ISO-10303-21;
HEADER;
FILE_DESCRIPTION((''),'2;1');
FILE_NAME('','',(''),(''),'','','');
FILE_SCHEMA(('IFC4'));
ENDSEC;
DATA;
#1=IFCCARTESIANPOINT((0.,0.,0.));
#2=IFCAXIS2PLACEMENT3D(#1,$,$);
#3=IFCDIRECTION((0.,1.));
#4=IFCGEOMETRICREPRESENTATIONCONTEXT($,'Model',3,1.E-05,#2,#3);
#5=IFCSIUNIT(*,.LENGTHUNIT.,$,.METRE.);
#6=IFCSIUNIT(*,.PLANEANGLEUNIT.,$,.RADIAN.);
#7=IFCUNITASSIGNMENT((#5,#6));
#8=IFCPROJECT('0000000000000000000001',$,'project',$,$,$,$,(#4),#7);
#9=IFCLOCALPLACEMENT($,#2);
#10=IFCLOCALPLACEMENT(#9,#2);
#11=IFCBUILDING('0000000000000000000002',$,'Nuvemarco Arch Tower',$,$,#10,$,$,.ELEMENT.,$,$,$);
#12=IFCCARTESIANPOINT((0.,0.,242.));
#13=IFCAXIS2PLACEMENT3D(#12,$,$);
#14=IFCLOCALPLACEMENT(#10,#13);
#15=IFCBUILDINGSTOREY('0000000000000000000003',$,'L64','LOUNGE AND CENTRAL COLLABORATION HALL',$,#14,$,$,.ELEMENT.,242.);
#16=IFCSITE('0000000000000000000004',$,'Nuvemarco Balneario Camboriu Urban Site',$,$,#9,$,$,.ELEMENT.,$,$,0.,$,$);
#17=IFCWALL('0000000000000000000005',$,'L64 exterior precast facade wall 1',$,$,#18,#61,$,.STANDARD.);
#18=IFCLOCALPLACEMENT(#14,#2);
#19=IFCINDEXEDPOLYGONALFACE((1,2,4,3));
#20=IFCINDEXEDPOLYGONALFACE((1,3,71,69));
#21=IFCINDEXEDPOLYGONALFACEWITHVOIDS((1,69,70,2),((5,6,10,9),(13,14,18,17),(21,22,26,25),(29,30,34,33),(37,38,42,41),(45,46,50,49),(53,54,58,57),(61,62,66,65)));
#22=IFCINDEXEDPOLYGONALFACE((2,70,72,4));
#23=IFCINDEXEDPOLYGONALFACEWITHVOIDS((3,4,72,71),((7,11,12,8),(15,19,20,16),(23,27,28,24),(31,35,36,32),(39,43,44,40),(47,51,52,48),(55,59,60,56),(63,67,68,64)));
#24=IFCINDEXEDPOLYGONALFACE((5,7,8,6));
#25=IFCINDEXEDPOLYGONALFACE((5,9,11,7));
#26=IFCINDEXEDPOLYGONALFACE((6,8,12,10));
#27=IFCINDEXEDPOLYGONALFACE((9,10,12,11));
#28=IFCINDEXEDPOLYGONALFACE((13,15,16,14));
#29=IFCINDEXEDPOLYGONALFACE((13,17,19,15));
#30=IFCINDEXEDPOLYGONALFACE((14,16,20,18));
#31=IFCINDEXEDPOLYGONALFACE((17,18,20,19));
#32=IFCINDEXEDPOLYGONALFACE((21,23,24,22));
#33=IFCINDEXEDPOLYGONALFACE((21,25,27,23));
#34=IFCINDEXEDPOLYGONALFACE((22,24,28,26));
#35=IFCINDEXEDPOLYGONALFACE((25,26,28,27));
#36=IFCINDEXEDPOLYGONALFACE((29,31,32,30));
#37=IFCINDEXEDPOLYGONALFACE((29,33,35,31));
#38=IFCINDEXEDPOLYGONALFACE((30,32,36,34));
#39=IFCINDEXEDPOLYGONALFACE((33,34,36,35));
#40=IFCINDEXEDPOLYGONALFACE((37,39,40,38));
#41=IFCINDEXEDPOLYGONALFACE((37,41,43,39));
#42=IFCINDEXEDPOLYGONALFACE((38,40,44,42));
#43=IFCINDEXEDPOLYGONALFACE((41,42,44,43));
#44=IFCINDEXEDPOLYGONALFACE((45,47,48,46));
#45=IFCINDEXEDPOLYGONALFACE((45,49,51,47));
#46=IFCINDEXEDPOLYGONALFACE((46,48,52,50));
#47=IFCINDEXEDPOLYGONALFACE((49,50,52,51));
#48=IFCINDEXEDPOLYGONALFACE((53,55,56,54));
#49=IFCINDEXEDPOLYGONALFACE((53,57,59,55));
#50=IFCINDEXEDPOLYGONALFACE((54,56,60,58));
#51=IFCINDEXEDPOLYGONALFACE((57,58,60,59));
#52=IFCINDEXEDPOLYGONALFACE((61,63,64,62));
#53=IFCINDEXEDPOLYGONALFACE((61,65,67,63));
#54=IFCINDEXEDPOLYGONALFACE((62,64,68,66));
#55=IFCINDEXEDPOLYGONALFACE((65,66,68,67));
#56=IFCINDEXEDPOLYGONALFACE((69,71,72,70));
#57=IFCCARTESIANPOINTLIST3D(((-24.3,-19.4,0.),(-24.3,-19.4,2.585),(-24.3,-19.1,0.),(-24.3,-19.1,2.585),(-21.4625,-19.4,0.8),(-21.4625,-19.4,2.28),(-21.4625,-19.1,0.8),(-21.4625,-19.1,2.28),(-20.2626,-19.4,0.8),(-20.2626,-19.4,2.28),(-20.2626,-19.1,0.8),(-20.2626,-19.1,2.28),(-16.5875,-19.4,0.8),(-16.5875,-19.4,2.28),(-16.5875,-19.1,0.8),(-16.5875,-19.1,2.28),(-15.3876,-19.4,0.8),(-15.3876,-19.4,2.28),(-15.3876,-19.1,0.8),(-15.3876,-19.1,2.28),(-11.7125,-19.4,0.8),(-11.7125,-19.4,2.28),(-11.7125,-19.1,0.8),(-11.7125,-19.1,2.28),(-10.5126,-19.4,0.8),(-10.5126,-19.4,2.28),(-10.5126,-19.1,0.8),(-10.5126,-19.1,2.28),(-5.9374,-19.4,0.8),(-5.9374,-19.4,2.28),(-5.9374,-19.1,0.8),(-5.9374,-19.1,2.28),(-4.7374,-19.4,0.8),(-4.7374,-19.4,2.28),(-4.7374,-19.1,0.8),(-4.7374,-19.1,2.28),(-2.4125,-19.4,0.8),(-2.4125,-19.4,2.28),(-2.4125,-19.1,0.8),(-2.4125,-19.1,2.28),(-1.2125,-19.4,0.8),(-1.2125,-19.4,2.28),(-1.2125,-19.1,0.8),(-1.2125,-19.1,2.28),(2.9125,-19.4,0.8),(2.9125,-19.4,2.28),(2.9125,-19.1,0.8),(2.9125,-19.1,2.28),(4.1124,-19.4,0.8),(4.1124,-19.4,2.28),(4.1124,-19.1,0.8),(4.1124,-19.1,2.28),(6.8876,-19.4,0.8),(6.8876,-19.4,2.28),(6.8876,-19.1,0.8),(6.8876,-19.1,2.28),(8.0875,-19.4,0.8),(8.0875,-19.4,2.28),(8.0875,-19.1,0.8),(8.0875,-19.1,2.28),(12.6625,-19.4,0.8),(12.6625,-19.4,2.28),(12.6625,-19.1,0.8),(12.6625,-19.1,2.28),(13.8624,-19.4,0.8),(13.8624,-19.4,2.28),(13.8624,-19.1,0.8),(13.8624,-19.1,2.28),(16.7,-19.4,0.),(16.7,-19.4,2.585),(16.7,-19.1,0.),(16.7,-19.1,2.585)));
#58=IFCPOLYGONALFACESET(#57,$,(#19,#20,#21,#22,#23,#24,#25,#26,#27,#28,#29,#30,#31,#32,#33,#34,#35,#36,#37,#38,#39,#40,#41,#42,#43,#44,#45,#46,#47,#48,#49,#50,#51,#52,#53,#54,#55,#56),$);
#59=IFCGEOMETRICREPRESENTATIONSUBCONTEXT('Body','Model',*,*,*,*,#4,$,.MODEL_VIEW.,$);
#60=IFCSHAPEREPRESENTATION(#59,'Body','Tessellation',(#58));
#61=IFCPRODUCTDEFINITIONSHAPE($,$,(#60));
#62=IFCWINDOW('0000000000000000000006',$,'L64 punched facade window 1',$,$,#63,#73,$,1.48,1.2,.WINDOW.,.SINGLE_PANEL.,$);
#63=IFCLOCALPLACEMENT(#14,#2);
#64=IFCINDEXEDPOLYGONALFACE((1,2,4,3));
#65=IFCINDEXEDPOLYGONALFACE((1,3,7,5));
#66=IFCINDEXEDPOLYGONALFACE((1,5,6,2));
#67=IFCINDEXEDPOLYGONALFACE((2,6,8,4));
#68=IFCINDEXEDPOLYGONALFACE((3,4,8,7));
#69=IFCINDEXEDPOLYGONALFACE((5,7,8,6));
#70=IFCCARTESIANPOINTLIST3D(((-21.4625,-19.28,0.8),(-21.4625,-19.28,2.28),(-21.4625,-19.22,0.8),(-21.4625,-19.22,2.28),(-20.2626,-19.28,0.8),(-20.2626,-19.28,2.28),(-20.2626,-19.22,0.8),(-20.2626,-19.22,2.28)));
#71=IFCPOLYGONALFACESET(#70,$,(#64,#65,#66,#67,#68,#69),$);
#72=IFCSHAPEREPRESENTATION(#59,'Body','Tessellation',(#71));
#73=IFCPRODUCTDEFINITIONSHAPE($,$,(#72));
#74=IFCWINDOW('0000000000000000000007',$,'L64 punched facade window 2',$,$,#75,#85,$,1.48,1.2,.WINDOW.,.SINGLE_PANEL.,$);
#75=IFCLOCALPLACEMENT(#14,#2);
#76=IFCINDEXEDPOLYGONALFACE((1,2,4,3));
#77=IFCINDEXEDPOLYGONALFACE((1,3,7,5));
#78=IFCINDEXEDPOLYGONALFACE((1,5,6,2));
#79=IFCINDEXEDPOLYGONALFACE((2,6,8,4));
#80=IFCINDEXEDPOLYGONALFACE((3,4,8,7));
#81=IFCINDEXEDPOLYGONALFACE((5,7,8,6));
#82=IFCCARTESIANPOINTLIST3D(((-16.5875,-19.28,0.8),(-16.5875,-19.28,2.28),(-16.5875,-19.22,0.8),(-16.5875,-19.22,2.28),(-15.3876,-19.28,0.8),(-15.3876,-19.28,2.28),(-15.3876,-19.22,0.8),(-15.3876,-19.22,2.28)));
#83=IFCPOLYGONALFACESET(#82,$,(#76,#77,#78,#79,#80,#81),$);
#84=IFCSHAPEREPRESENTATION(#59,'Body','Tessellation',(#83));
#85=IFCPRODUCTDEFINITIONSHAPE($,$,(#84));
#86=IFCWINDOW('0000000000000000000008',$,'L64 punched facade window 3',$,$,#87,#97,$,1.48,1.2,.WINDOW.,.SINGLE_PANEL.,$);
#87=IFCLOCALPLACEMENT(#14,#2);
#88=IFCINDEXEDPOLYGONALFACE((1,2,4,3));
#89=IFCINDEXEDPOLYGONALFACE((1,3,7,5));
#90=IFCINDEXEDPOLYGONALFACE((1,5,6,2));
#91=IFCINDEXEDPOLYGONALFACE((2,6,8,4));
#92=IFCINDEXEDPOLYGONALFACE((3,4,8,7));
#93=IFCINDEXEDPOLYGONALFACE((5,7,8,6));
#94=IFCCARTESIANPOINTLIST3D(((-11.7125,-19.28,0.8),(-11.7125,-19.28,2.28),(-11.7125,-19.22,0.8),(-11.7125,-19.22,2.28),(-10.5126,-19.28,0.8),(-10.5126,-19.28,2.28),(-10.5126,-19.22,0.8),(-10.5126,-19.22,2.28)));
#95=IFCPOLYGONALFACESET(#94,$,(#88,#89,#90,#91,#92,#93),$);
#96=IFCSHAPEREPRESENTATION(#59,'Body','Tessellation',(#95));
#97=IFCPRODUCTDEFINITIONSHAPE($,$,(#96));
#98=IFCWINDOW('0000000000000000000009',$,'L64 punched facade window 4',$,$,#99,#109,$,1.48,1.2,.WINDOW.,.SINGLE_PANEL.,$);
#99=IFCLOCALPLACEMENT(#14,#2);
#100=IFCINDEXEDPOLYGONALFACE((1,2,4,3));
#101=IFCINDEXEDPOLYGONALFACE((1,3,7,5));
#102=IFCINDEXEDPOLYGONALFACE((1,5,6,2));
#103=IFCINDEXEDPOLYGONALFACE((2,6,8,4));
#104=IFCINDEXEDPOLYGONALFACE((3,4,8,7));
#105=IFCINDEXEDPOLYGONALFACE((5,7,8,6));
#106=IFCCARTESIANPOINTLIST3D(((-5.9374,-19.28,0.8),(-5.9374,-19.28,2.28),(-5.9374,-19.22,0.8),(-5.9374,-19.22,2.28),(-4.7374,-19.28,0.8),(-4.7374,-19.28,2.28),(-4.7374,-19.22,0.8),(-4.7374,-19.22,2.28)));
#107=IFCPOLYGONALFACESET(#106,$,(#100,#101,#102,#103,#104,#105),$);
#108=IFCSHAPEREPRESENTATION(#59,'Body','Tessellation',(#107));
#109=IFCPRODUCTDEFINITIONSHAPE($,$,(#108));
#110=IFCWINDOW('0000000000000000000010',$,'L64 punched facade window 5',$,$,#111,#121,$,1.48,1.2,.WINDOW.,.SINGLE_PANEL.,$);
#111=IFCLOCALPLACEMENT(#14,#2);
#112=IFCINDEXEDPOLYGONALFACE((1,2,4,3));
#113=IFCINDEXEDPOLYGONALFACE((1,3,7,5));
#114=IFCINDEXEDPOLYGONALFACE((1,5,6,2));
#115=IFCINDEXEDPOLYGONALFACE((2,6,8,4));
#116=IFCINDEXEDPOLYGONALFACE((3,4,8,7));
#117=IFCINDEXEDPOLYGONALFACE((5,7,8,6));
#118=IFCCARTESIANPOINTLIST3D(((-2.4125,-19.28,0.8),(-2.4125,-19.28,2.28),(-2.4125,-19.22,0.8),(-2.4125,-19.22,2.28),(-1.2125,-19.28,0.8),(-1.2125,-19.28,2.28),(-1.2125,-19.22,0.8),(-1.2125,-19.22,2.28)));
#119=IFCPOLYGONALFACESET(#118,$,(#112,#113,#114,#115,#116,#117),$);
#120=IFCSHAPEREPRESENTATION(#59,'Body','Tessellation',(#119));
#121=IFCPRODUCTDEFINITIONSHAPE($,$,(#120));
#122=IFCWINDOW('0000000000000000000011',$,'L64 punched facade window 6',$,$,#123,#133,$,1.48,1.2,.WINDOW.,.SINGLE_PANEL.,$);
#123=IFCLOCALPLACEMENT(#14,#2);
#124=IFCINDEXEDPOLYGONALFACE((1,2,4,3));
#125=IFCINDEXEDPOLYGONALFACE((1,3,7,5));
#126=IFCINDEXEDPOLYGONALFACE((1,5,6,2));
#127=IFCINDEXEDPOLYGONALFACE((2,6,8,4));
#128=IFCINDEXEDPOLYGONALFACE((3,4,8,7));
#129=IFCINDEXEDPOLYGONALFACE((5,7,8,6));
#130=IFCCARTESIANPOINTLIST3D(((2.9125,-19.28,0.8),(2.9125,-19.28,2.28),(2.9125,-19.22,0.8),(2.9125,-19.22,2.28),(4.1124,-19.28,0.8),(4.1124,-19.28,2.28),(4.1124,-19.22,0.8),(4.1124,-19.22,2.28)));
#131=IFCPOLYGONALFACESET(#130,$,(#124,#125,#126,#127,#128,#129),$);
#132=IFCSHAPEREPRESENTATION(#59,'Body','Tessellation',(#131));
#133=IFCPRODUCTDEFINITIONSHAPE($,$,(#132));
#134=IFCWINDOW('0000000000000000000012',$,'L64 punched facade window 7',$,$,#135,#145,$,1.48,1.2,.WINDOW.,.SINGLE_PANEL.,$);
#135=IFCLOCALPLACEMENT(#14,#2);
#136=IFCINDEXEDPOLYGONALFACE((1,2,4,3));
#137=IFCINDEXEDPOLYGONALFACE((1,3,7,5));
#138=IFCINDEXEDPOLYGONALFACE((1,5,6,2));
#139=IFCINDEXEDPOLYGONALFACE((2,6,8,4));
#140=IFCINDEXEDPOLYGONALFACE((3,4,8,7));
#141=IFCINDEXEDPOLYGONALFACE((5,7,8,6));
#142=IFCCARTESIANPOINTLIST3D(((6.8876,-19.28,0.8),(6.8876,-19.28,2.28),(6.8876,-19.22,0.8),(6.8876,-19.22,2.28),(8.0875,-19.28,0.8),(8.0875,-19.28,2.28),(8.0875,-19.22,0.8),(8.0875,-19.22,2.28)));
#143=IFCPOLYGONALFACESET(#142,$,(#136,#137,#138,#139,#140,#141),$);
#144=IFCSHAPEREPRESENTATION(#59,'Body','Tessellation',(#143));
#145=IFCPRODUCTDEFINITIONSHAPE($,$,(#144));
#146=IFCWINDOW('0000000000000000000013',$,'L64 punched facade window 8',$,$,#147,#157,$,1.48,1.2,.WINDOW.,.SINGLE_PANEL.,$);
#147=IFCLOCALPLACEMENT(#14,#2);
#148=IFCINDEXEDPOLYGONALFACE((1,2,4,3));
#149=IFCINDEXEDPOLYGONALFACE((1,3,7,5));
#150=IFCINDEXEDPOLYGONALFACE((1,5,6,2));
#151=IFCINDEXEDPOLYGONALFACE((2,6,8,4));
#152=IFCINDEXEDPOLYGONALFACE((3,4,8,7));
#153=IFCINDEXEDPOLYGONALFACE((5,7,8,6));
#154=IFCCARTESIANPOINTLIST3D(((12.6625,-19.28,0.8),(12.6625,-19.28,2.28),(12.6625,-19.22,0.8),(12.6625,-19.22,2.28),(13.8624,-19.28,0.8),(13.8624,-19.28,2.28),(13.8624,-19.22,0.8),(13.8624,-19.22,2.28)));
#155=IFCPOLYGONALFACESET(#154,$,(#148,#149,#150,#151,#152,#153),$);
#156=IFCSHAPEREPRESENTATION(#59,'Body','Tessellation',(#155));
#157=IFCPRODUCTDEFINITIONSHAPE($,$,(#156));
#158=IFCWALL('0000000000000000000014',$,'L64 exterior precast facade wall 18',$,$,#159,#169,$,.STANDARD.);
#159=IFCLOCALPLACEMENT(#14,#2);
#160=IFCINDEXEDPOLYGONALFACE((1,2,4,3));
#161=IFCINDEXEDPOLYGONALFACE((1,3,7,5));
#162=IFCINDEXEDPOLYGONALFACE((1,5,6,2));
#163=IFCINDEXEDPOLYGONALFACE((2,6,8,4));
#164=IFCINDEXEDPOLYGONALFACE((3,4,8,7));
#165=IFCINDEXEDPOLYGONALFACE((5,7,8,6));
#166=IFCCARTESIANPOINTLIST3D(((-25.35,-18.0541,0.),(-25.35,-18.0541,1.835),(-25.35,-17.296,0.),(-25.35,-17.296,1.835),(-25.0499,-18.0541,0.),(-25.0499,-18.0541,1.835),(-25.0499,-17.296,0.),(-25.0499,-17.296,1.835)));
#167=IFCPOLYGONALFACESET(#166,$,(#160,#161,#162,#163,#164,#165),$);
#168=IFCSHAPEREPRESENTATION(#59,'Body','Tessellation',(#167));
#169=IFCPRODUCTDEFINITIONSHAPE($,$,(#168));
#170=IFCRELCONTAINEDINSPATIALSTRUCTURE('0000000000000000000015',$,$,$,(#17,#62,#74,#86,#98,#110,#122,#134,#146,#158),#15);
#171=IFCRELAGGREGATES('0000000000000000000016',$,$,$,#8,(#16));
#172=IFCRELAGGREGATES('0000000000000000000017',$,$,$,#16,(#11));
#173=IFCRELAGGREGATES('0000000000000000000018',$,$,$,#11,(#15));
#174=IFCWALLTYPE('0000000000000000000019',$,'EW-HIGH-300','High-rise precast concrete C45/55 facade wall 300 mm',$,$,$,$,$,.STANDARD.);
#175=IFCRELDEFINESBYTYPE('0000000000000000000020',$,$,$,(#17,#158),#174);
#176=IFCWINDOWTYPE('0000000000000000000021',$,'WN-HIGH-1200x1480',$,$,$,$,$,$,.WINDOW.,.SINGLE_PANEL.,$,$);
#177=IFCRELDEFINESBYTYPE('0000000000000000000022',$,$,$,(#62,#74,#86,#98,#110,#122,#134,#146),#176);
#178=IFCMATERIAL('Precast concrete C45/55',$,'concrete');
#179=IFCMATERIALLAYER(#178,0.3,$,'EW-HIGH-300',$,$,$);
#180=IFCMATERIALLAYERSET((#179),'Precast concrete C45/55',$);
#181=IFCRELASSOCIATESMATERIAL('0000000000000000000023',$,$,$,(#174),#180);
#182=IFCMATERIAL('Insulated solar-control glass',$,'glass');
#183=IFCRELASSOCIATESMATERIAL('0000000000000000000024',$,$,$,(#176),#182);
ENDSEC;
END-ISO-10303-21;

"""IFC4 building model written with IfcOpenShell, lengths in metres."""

from ifc_helpers import new_model, si_unit, direction, frame, frame_2d, origin, place, context, subcontext, project, spatial, rectangle, extrude, source, transform, mapped, material, layer, layer_set, type_object, type_shapes, element, fill, save


model = new_model("IFC4")

# Units and contexts
model_context = context("Model", 3, precision=1e-05, world=origin(), true_north=direction((0.0, 1.0)))
body_context = subcontext(model_context, "Body", "Model", "MODEL_VIEW")
ifc_project = project(units=[si_unit("LENGTHUNIT", "METRE"), si_unit("PLANEANGLEUNIT", "RADIAN")], contexts=[model_context])

# Site, building, storey
site_placement = place(None, origin())
site = spatial("IfcSite", under=ifc_project, at=site_placement, Name="Nuvemarco Balneario Camboriu Urban Site", CompositionType="ELEMENT", RefElevation=0.0)
building_placement = place(site_placement, origin())
building = spatial("IfcBuilding", under=site, at=building_placement, Name="Nuvemarco Arch Tower", CompositionType="ELEMENT")
storey_placement = place(building_placement, frame((0.0, 0.0, 242.0)))
storey = spatial("IfcBuildingStorey", under=building, at=storey_placement, Name="L64", Description="LOUNGE AND CENTRAL COLLABORATION HALL", CompositionType="ELEMENT", Elevation=242.0)

# Wall, openings, windows
ifc_material_1 = material(Name="Precast concrete C45/55", Category="concrete")
ifc_layer_1 = layer(ifc_material_1, 0.3, Name="EW-HIGH-300")
ifc_layer_set_1 = layer_set([ifc_layer_1], Name="Precast concrete C45/55")
wall_type_1 = type_object("IfcWallType", Name="EW-HIGH-300", Description="High-rise precast concrete C45/55 facade wall 300 mm", PredefinedType="STANDARD", material=ifc_layer_set_1)
wall_1_placement = place(storey_placement, frame((-24.3, -19.25, 0.0), z_axis=(0.0, 0.0, 1.0), x_axis=(1.0, 0.0, 0.0)))
wall_1 = element("IfcWall", 1, at=wall_1_placement, inside=storey, type_object=wall_type_1, Name="L64 exterior precast facade wall 1", PredefinedType="STANDARD", context=body_context, shape_type="SweptSolid", body=[
    extrude(rectangle(XDim=41.0, YDim=0.3, at=frame_2d((20.5, 0.0))), origin(), (0.0, 0.0, 1.0), 2.585),
])
opening_1_placement = place(wall_1_placement, frame((2.8374, 0.0, 0.8)))
opening_1 = element("IfcOpeningElement", 2, at=opening_1_placement, cuts=wall_1, PredefinedType="OPENING", context=body_context, shape_type="SweptSolid", body=[
    extrude(rectangle(XDim=1.2, YDim=1.48, at=frame_2d((0.6001, 0.74))), frame((0.0, 0.1599, 0.0), z_axis=(0.0, -1.0, 0.0), x_axis=(1.0, 0.0, 0.0)), (0.0, 0.0, 1.0), 0.3201),
])
opening_2_placement = place(wall_1_placement, frame((7.7124, 0.0, 0.8)))
opening_2 = element("IfcOpeningElement", 3, at=opening_2_placement, cuts=wall_1, PredefinedType="OPENING", context=body_context, shape_type="SweptSolid", body=[
    extrude(rectangle(XDim=1.2, YDim=1.48, at=frame_2d((0.6001, 0.74))), frame((0.0, 0.1599, 0.0), z_axis=(0.0, -1.0, 0.0), x_axis=(1.0, 0.0, 0.0)), (0.0, 0.0, 1.0), 0.3201),
])
opening_3_placement = place(wall_1_placement, frame((12.5874, 0.0, 0.8)))
opening_3 = element("IfcOpeningElement", 4, at=opening_3_placement, cuts=wall_1, PredefinedType="OPENING", context=body_context, shape_type="SweptSolid", body=[
    extrude(rectangle(XDim=1.2, YDim=1.48, at=frame_2d((0.6001, 0.74))), frame((0.0, 0.1599, 0.0), z_axis=(0.0, -1.0, 0.0), x_axis=(1.0, 0.0, 0.0)), (0.0, 0.0, 1.0), 0.3201),
])
opening_4_placement = place(wall_1_placement, frame((18.3625, 0.0, 0.8)))
opening_4 = element("IfcOpeningElement", 5, at=opening_4_placement, cuts=wall_1, PredefinedType="OPENING", context=body_context, shape_type="SweptSolid", body=[
    extrude(rectangle(XDim=1.2, YDim=1.48, at=frame_2d((0.6001, 0.74))), frame((0.0, 0.1599, 0.0), z_axis=(0.0, -1.0, 0.0), x_axis=(1.0, 0.0, 0.0)), (0.0, 0.0, 1.0), 0.3201),
])
opening_5_placement = place(wall_1_placement, frame((21.8875, 0.0, 0.8)))
opening_5 = element("IfcOpeningElement", 6, at=opening_5_placement, cuts=wall_1, PredefinedType="OPENING", context=body_context, shape_type="SweptSolid", body=[
    extrude(rectangle(XDim=1.2, YDim=1.48, at=frame_2d((0.6001, 0.74))), frame((0.0, 0.1599, 0.0), z_axis=(0.0, -1.0, 0.0), x_axis=(1.0, 0.0, 0.0)), (0.0, 0.0, 1.0), 0.3201),
])
opening_6_placement = place(wall_1_placement, frame((27.2124, 0.0, 0.8)))
opening_6 = element("IfcOpeningElement", 7, at=opening_6_placement, cuts=wall_1, PredefinedType="OPENING", context=body_context, shape_type="SweptSolid", body=[
    extrude(rectangle(XDim=1.2, YDim=1.48, at=frame_2d((0.6001, 0.74))), frame((0.0, 0.1599, 0.0), z_axis=(0.0, -1.0, 0.0), x_axis=(1.0, 0.0, 0.0)), (0.0, 0.0, 1.0), 0.3201),
])
opening_7_placement = place(wall_1_placement, frame((31.1875, 0.0, 0.8)))
opening_7 = element("IfcOpeningElement", 8, at=opening_7_placement, cuts=wall_1, PredefinedType="OPENING", context=body_context, shape_type="SweptSolid", body=[
    extrude(rectangle(XDim=1.2, YDim=1.48, at=frame_2d((0.6001, 0.74))), frame((0.0, 0.1599, 0.0), z_axis=(0.0, -1.0, 0.0), x_axis=(1.0, 0.0, 0.0)), (0.0, 0.0, 1.0), 0.3201),
])
opening_8_placement = place(wall_1_placement, frame((36.9624, 0.0, 0.8)))
opening_8 = element("IfcOpeningElement", 9, at=opening_8_placement, cuts=wall_1, PredefinedType="OPENING", context=body_context, shape_type="SweptSolid", body=[
    extrude(rectangle(XDim=1.2, YDim=1.48, at=frame_2d((0.6001, 0.74))), frame((0.0, 0.1599, 0.0), z_axis=(0.0, -1.0, 0.0), x_axis=(1.0, 0.0, 0.0)), (0.0, 0.0, 1.0), 0.3201),
])
ifc_material_2 = material(Name="Insulated solar-control glass", Category="glass")
window_type = type_object("IfcWindowType", Name="WN-HIGH-1200x1480", PartitioningType="SINGLE_PANEL", PredefinedType="WINDOW", material=ifc_material_2)
shared_shape_1 = source(origin(), body_context, "Body", "SweptSolid", [
    extrude(rectangle(XDim=1.2, YDim=1.48, at=frame_2d((0.6001, 0.74))), frame((0.0, 0.03, 0.0), z_axis=(0.0, -1.0, 0.0), x_axis=(1.0, 0.0, 0.0)), (0.0, 0.0, 1.0), 0.0601),
])
type_shapes(window_type, [shared_shape_1])
window_1_placement = place(opening_1_placement, origin())
window_1 = element("IfcWindow", 10, at=window_1_placement, inside=storey, type_object=window_type, Name="L64 punched facade window 1", OverallHeight=1.48, OverallWidth=1.2, PartitioningType="SINGLE_PANEL", PredefinedType="WINDOW", context=body_context, shape_type="MappedRepresentation", body=[
    mapped(shared_shape_1, transform((0.0, 0.0, 0.0), scale=1.0)),
])
fill(opening_1, window_1)
window_2_placement = place(opening_2_placement, origin())
window_2 = element("IfcWindow", 11, at=window_2_placement, inside=storey, type_object=window_type, Name="L64 punched facade window 2", OverallHeight=1.48, OverallWidth=1.2, PartitioningType="SINGLE_PANEL", PredefinedType="WINDOW", context=body_context, shape_type="MappedRepresentation", body=[
    mapped(shared_shape_1, transform((0.0, 0.0, 0.0), scale=1.0)),
])
fill(opening_2, window_2)
window_3_placement = place(opening_3_placement, origin())
window_3 = element("IfcWindow", 12, at=window_3_placement, inside=storey, type_object=window_type, Name="L64 punched facade window 3", OverallHeight=1.48, OverallWidth=1.2, PartitioningType="SINGLE_PANEL", PredefinedType="WINDOW", context=body_context, shape_type="MappedRepresentation", body=[
    mapped(shared_shape_1, transform((0.0, 0.0, 0.0), scale=1.0)),
])
fill(opening_3, window_3)
window_4_placement = place(opening_4_placement, origin())
window_4 = element("IfcWindow", 13, at=window_4_placement, inside=storey, type_object=window_type, Name="L64 punched facade window 4", OverallHeight=1.48, OverallWidth=1.2, PartitioningType="SINGLE_PANEL", PredefinedType="WINDOW", context=body_context, shape_type="MappedRepresentation", body=[
    mapped(shared_shape_1, transform((0.0, 0.0, 0.0), scale=1.0)),
])
fill(opening_4, window_4)
window_5_placement = place(opening_5_placement, origin())
window_5 = element("IfcWindow", 14, at=window_5_placement, inside=storey, type_object=window_type, Name="L64 punched facade window 5", OverallHeight=1.48, OverallWidth=1.2, PartitioningType="SINGLE_PANEL", PredefinedType="WINDOW", context=body_context, shape_type="MappedRepresentation", body=[
    mapped(shared_shape_1, transform((0.0, 0.0, 0.0), scale=1.0)),
])
fill(opening_5, window_5)
window_6_placement = place(opening_6_placement, origin())
window_6 = element("IfcWindow", 15, at=window_6_placement, inside=storey, type_object=window_type, Name="L64 punched facade window 6", OverallHeight=1.48, OverallWidth=1.2, PartitioningType="SINGLE_PANEL", PredefinedType="WINDOW", context=body_context, shape_type="MappedRepresentation", body=[
    mapped(shared_shape_1, transform((0.0, 0.0, 0.0), scale=1.0)),
])
fill(opening_6, window_6)
window_7_placement = place(opening_7_placement, origin())
window_7 = element("IfcWindow", 16, at=window_7_placement, inside=storey, type_object=window_type, Name="L64 punched facade window 7", OverallHeight=1.48, OverallWidth=1.2, PartitioningType="SINGLE_PANEL", PredefinedType="WINDOW", context=body_context, shape_type="MappedRepresentation", body=[
    mapped(shared_shape_1, transform((0.0, 0.0, 0.0), scale=1.0)),
])
fill(opening_7, window_7)
window_8_placement = place(opening_8_placement, origin())
window_8 = element("IfcWindow", 17, at=window_8_placement, inside=storey, type_object=window_type, Name="L64 punched facade window 8", OverallHeight=1.48, OverallWidth=1.2, PartitioningType="SINGLE_PANEL", PredefinedType="WINDOW", context=body_context, shape_type="MappedRepresentation", body=[
    mapped(shared_shape_1, transform((0.0, 0.0, 0.0), scale=1.0)),
])
fill(opening_8, window_8)

# Wall
wall_2_placement = place(storey_placement, frame((-25.2, -18.054, 0.0), z_axis=(0.0, 0.0, 1.0), x_axis=(0.0, 1.0, 0.0)))
element("IfcWall", 18, at=wall_2_placement, inside=storey, type_object=wall_type_1, Name="L64 exterior precast facade wall 18", PredefinedType="STANDARD", context=body_context, shape_type="SweptSolid", body=[
    extrude(rectangle(XDim=0.7581, YDim=0.3, at=frame_2d((0.3789, 0.0))), origin(), (0.0, 0.0, 1.0), 1.835),
])

save(model, "model.ifc")
